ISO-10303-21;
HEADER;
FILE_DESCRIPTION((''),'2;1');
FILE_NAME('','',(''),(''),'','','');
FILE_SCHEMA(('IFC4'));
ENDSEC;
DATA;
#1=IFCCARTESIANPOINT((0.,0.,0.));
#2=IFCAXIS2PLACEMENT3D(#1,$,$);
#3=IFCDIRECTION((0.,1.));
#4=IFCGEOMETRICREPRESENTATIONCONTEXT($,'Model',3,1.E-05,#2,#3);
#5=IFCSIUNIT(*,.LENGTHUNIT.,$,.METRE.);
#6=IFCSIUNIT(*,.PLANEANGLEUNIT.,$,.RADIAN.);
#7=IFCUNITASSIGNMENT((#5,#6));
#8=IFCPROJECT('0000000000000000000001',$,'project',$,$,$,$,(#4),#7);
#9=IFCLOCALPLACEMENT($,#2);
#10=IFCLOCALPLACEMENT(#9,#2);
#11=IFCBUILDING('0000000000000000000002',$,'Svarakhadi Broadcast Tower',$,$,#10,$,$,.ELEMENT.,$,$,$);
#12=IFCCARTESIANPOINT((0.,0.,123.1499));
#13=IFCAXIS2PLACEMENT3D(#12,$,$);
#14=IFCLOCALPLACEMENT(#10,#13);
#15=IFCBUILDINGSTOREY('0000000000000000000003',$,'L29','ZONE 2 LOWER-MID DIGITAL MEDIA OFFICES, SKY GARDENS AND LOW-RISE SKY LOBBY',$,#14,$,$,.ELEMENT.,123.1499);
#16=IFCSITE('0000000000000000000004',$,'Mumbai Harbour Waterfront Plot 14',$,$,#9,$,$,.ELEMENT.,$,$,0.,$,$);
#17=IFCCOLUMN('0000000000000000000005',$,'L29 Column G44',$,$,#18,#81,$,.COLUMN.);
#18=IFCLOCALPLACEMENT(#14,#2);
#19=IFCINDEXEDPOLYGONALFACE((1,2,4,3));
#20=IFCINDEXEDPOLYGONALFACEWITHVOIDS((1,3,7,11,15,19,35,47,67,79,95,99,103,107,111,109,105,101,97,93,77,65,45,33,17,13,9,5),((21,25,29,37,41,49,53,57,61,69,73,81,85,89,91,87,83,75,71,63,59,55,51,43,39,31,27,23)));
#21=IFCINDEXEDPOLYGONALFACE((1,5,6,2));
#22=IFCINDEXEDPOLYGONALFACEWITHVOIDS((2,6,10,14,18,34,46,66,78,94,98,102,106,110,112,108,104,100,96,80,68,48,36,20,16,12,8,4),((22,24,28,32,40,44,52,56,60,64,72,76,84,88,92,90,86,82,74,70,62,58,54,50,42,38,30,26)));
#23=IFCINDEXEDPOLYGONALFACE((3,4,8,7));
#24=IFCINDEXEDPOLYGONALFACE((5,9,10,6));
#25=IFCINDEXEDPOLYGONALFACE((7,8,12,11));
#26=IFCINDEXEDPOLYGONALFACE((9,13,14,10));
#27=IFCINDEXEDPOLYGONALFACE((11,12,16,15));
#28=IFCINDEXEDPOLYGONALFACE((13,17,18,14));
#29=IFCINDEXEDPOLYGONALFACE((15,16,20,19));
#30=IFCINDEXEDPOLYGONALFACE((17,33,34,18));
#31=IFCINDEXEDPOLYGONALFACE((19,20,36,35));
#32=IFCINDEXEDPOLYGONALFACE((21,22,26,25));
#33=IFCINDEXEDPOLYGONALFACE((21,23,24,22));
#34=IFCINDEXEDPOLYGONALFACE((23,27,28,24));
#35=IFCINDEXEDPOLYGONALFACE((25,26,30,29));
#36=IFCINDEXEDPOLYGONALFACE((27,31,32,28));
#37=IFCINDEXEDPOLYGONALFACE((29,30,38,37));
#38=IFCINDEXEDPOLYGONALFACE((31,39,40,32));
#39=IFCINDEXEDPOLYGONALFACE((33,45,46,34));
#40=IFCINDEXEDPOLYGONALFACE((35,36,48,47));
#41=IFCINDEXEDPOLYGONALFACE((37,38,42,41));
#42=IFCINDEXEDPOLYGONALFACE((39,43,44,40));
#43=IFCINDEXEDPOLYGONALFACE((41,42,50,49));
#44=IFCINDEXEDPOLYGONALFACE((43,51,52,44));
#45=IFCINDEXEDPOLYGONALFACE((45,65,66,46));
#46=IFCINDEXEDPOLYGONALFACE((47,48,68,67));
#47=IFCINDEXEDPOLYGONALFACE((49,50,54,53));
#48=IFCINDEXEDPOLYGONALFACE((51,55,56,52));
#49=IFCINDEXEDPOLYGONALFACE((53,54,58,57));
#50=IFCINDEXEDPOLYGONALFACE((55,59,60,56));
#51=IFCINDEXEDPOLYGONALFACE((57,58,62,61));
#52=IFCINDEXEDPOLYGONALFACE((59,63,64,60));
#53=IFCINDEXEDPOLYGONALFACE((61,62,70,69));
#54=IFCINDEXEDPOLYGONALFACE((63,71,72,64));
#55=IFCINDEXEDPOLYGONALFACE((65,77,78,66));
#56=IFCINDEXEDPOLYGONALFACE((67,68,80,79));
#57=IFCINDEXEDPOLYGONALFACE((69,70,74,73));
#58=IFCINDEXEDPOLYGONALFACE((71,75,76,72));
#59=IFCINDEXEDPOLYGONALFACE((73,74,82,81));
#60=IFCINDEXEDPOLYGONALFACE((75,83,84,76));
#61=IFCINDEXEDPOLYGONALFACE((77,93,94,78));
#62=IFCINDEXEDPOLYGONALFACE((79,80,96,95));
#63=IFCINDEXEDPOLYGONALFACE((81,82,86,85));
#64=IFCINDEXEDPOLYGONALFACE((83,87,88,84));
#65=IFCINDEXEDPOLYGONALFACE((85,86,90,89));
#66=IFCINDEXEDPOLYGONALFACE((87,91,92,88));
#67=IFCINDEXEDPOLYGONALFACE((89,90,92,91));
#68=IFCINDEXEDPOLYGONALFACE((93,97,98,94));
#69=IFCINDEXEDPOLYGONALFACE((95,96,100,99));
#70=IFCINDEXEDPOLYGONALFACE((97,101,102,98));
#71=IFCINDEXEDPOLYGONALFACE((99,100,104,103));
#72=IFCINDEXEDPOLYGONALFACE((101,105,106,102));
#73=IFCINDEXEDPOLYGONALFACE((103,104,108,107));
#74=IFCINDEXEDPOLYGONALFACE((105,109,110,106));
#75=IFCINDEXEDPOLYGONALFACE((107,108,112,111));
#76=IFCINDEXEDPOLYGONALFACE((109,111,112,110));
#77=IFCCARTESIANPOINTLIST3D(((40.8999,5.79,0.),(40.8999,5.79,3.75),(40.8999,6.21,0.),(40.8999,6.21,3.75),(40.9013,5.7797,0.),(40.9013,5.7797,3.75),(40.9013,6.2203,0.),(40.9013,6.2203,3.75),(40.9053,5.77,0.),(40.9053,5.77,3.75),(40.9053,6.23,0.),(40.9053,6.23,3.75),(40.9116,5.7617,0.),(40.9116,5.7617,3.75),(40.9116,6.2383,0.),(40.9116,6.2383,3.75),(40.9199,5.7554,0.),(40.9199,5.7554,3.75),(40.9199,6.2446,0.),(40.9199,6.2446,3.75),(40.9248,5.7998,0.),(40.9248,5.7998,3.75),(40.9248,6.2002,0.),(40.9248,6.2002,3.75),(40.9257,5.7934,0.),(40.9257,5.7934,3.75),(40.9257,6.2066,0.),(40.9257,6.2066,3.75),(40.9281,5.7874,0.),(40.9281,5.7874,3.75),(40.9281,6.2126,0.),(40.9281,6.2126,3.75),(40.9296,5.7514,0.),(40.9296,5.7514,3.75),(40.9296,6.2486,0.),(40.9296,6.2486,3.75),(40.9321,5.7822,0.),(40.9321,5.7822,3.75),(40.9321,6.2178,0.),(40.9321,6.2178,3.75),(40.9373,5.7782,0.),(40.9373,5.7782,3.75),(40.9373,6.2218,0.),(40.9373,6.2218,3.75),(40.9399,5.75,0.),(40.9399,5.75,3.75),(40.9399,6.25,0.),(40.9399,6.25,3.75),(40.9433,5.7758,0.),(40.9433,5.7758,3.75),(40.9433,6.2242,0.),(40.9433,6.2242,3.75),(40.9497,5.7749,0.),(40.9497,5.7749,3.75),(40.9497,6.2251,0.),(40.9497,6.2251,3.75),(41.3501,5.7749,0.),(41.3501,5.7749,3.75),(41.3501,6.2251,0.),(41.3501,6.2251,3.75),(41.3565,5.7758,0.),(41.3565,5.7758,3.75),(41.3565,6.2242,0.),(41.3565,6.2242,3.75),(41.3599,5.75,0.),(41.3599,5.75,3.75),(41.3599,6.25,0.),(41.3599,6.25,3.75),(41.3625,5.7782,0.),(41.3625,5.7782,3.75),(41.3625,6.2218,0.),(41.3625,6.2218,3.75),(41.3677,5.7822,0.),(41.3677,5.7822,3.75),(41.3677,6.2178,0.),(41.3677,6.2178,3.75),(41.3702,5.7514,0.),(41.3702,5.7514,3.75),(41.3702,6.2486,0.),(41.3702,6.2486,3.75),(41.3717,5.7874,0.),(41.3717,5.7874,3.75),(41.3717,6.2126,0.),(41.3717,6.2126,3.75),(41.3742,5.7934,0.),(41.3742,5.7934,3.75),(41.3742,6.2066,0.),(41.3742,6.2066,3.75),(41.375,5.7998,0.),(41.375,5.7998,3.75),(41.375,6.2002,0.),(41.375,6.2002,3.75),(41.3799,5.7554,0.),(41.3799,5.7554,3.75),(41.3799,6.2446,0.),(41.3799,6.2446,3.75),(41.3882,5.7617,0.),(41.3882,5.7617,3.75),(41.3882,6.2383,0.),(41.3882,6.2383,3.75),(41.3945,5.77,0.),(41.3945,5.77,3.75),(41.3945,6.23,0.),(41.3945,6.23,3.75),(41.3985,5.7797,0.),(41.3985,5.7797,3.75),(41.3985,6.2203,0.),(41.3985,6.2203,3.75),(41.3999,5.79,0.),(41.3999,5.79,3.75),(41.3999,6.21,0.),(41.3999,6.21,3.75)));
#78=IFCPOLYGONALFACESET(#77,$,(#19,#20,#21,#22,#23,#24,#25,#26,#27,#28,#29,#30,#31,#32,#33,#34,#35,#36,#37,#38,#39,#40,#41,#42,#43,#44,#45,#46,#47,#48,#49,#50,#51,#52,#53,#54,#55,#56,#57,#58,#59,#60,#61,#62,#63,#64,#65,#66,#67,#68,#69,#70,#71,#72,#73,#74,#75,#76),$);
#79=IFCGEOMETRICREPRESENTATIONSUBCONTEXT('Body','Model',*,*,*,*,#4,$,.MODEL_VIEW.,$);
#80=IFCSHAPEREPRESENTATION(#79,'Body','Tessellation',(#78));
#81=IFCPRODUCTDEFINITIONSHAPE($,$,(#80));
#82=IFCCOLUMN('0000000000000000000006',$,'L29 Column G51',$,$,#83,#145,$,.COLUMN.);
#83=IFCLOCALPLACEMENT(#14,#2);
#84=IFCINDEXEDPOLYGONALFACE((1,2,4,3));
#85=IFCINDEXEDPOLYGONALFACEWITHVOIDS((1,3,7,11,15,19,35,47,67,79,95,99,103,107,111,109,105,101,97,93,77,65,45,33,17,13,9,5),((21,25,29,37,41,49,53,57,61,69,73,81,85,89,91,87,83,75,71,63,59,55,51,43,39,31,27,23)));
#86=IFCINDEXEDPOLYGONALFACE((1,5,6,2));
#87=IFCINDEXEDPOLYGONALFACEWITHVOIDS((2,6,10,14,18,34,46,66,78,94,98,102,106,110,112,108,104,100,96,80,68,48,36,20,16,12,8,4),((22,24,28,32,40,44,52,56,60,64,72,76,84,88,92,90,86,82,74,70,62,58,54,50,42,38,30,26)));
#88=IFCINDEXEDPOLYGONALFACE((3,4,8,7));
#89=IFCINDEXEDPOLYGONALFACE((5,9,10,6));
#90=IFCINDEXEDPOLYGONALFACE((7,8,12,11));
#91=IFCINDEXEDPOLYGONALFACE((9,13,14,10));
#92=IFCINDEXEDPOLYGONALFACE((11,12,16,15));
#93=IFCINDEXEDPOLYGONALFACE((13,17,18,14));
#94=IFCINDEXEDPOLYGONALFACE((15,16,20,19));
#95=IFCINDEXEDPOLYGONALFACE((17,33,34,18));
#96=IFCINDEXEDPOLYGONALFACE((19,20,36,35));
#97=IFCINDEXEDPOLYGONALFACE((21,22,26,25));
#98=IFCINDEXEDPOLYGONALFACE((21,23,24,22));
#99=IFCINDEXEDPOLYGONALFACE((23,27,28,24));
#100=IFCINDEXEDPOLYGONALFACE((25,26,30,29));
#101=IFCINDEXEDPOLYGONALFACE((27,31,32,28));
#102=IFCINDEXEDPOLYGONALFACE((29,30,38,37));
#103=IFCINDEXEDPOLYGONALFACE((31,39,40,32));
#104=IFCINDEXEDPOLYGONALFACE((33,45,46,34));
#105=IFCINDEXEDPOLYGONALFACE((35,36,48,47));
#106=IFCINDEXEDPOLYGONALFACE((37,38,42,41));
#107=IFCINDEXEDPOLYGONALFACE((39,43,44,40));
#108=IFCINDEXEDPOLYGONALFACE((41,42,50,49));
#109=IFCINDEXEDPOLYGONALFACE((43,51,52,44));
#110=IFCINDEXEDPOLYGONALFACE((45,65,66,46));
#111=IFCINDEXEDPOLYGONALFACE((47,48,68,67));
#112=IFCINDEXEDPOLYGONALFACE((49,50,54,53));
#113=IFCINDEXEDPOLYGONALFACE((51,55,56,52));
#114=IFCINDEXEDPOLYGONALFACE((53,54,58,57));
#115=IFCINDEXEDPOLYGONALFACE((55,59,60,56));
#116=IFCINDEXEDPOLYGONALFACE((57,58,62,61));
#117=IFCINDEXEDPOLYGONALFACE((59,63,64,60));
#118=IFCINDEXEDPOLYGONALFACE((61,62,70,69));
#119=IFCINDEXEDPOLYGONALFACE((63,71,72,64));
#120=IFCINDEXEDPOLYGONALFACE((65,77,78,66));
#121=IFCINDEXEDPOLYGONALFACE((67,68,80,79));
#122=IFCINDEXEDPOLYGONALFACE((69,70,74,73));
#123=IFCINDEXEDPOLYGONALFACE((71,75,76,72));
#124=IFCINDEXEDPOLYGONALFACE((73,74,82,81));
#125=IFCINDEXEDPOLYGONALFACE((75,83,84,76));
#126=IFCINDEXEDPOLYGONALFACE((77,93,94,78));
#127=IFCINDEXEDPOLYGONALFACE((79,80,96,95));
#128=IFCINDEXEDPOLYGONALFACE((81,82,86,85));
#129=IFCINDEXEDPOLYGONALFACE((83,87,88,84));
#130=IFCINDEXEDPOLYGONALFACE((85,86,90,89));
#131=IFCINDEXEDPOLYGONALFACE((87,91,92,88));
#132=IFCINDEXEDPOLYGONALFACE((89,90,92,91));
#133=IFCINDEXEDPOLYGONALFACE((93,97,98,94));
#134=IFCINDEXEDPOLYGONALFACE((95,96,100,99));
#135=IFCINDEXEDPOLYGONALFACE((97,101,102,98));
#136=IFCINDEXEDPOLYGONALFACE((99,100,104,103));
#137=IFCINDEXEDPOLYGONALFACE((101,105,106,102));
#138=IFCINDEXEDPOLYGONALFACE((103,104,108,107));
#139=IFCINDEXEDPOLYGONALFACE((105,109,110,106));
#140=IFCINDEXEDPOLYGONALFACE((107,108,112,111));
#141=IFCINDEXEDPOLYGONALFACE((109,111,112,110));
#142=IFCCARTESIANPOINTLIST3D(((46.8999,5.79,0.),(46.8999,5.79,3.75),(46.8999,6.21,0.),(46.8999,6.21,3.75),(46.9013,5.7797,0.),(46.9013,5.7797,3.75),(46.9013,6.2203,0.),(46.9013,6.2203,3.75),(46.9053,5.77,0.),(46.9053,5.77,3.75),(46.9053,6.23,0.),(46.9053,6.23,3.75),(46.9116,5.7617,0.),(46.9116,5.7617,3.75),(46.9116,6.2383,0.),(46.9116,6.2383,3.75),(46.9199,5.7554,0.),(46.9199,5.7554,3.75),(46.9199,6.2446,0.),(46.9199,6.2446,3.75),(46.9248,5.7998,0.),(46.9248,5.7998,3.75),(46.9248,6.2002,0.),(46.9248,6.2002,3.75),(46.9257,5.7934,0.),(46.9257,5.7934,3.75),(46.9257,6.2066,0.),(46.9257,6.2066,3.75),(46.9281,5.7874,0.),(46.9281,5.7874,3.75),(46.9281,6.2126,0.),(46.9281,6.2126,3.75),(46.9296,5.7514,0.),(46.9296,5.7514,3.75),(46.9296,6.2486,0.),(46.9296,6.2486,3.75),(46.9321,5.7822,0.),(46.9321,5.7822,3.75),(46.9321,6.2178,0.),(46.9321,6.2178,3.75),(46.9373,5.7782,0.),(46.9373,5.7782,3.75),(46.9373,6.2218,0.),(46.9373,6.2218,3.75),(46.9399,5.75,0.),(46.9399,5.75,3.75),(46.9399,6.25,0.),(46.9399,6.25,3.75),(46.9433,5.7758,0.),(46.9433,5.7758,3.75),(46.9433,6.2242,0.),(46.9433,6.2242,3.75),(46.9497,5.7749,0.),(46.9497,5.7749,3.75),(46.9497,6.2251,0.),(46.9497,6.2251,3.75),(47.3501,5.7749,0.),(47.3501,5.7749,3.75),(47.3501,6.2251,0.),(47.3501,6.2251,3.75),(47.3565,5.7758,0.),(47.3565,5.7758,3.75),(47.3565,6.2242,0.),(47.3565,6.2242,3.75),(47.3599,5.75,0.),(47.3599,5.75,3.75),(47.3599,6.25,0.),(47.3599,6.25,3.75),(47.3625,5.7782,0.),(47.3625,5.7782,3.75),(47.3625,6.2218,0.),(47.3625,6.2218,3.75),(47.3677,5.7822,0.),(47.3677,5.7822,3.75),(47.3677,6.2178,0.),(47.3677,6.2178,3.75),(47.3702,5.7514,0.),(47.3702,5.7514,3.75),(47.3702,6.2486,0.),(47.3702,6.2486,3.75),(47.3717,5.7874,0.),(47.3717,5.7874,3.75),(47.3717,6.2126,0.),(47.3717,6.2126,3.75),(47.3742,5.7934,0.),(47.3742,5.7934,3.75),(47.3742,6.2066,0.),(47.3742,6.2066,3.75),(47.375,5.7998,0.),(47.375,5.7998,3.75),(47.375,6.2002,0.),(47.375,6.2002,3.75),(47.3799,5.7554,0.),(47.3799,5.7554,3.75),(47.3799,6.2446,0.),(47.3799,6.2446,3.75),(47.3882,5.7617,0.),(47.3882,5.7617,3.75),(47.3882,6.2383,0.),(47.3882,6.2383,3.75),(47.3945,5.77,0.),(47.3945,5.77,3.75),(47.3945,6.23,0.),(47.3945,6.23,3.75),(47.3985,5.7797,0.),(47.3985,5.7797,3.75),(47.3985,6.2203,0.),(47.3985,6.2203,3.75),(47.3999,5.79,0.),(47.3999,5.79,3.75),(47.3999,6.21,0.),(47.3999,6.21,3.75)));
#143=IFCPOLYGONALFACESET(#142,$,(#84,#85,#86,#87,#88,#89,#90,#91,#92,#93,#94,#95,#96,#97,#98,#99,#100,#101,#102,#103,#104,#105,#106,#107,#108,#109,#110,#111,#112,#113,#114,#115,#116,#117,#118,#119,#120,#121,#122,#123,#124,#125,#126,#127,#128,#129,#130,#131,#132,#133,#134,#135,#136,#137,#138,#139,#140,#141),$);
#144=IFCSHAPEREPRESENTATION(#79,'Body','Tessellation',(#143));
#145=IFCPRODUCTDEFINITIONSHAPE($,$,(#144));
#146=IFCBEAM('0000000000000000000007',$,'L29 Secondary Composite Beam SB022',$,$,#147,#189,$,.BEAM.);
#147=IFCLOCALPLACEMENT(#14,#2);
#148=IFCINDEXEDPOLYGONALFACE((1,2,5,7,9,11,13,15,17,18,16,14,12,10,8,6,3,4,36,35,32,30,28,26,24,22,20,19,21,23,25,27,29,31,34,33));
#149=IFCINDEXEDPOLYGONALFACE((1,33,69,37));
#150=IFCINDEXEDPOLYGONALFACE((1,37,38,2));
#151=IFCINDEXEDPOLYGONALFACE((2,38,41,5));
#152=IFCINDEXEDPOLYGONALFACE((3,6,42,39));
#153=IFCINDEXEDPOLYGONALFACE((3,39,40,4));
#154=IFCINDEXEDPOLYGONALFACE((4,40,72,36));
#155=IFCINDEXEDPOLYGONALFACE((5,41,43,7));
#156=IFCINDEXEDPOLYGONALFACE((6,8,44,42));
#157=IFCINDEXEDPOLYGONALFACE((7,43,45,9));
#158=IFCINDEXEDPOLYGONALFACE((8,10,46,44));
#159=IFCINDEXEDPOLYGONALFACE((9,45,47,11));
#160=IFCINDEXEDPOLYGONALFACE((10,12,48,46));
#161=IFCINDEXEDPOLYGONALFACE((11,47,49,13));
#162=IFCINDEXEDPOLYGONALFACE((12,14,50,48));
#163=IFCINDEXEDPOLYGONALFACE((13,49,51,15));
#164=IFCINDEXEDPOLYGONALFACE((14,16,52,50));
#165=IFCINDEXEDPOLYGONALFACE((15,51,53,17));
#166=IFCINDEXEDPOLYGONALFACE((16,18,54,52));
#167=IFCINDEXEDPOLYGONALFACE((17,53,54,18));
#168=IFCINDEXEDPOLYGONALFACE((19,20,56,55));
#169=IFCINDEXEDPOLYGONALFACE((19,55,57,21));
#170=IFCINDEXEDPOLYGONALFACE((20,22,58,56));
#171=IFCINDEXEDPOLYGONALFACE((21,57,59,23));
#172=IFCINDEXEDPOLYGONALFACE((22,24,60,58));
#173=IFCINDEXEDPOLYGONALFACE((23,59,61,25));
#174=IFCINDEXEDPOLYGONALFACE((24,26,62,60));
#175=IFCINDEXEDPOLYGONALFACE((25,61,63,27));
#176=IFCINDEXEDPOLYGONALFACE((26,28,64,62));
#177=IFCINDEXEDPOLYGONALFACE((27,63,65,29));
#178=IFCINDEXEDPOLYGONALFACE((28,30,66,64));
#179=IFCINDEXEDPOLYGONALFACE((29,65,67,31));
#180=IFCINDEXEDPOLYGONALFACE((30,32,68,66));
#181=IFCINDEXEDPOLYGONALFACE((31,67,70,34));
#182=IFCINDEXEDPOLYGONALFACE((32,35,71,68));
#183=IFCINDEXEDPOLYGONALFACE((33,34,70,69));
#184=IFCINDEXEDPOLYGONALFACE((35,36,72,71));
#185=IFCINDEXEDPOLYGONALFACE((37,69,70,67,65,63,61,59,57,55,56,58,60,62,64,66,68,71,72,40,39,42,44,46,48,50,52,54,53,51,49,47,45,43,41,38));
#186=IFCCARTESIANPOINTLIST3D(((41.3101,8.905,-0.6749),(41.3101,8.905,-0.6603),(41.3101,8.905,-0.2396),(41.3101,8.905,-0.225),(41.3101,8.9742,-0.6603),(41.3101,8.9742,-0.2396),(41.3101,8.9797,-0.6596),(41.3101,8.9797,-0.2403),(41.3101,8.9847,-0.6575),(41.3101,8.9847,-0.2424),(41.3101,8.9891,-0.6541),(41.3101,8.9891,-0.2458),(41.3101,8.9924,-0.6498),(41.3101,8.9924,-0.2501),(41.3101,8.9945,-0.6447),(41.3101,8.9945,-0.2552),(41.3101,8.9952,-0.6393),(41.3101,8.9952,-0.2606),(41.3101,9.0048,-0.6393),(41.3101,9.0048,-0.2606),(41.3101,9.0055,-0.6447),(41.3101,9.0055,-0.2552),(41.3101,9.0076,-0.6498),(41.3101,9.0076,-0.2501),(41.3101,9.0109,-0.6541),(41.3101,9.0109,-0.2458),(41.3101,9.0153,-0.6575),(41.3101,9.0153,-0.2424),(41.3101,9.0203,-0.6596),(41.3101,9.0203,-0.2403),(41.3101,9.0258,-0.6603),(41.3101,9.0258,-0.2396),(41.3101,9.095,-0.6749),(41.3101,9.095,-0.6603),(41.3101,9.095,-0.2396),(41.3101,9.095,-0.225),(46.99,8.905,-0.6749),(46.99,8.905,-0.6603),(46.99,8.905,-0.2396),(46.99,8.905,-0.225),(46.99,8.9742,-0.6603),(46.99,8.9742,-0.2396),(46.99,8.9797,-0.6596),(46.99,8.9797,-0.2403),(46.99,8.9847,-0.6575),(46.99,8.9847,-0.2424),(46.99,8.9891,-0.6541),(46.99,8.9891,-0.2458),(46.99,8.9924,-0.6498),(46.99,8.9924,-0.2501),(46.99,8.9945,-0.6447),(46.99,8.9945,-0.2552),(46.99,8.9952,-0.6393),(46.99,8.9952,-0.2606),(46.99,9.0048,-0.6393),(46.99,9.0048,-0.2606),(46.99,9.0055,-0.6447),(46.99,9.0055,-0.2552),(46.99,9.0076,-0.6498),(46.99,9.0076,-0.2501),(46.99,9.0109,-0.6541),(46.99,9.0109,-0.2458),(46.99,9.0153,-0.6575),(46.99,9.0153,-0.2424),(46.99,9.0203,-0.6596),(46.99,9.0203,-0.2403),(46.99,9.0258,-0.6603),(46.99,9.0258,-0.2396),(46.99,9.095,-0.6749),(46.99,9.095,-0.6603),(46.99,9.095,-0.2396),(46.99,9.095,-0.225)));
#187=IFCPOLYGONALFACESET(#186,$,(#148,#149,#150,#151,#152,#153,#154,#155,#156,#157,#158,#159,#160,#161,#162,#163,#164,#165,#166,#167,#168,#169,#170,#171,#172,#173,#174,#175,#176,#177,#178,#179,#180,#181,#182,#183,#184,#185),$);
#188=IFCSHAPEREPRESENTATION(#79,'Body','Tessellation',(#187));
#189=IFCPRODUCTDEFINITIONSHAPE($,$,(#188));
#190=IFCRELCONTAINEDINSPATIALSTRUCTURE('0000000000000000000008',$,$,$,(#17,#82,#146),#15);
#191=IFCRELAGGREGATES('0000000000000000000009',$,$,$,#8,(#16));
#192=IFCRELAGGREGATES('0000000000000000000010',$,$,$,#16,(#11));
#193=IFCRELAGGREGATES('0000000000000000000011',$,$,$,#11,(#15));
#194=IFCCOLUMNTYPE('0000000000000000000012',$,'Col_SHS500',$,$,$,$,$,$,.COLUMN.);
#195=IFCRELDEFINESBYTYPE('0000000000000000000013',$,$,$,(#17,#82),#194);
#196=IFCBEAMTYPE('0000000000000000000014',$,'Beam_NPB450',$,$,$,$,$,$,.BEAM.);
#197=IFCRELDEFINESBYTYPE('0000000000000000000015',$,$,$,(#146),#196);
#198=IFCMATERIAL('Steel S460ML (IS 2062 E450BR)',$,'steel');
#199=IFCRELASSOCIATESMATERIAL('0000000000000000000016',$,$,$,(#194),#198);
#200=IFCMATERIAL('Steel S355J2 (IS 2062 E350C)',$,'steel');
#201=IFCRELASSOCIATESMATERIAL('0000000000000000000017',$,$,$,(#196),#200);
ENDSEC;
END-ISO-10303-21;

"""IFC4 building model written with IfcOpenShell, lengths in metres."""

from ifc_helpers import new_model, si_unit, direction, frame, origin, origin_2d, place, context, subcontext, project, spatial, hollow_rectangle, i_section, extrude, material, material_profile, profile_set, type_object, element, save


model = new_model("IFC4")

# Units and contexts
model_context = context("Model", 3, precision=1e-05, world=origin(), true_north=direction((0.0, 1.0)))
body_context = subcontext(model_context, "Body", "Model", "MODEL_VIEW")
ifc_project = project(units=[si_unit("LENGTHUNIT", "METRE"), si_unit("PLANEANGLEUNIT", "RADIAN")], contexts=[model_context])

# Site, building, storey
site_placement = place(None, origin())
site = spatial("IfcSite", under=ifc_project, at=site_placement, Name="Mumbai Harbour Waterfront Plot 14", CompositionType="ELEMENT", RefElevation=0.0)
building_placement = place(site_placement, origin())
building = spatial("IfcBuilding", under=site, at=building_placement, Name="Svarakhadi Broadcast Tower", CompositionType="ELEMENT")
storey_placement = place(building_placement, frame((0.0, 0.0, 123.1499)))
storey = spatial("IfcBuildingStorey", under=building, at=storey_placement, Name="L29", Description="ZONE 2 LOWER-MID DIGITAL MEDIA OFFICES, SKY GARDENS AND LOW-RISE SKY LOBBY", CompositionType="ELEMENT", Elevation=123.1499)

# Columns
ifc_material_1 = material(Name="Steel S460ML (IS 2062 E450BR)", Category="steel")
ifc_material_profile_1 = material_profile(ifc_material_1, hollow_rectangle(XDim=0.5, YDim=0.5, WallThickness=0.0249, InnerFilletRadius=0.0249, OuterFilletRadius=0.04, at=origin_2d()), Name="SHS 500x500x25")
ifc_profile_set_1 = profile_set([ifc_material_profile_1], Name="Steel S460ML (IS 2062 E450BR)")
column_type = type_object("IfcColumnType", Name="Col_SHS500", PredefinedType="COLUMN", material=ifc_profile_set_1)
for number, where, z_axis, x_axis, name in (
    (1, (41.1499, 6.0, 0.0), (0.0, 0.0, 1.0), (1.0, 0.0, 0.0), "L29 Column G44"),
    (2, (47.1499, 6.0, 0.0), (0.0, 0.0, 1.0), (1.0, 0.0, 0.0), "L29 Column G51"),
):
    element("IfcColumn", number, at=place(storey_placement, frame(where, z_axis=z_axis, x_axis=x_axis)), inside=storey, type_object=column_type, Name=name, PredefinedType="COLUMN", context=body_context, shape_type="SweptSolid", body=[
        extrude(hollow_rectangle(XDim=0.5, YDim=0.5, WallThickness=0.0249, InnerFilletRadius=0.0249, OuterFilletRadius=0.04, at=origin_2d()), origin(), (0.0, 0.0, 1.0), 3.75),
    ])

# Beam
ifc_material_2 = material(Name="Steel S355J2 (IS 2062 E350C)", Category="steel")
ifc_material_profile_2 = material_profile(ifc_material_2, i_section(OverallWidth=0.1899, OverallDepth=0.45, WebThickness=0.0095, FlangeThickness=0.0146, FilletRadius=0.021, at=origin_2d()), Name="NPB 450x190x78")
ifc_profile_set_2 = profile_set([ifc_material_profile_2], Name="Steel S355J2 (IS 2062 E350C)")
beam_type_1 = type_object("IfcBeamType", Name="Beam_NPB450", PredefinedType="BEAM", material=ifc_profile_set_2)
beam_placement = place(storey_placement, frame((41.3101, 9.0, -0.45), z_axis=(1.0, 0.0, 0.0), x_axis=(0.0, 1.0, 0.0)))
element("IfcBeam", 3, at=beam_placement, inside=storey, type_object=beam_type_1, Name="L29 Secondary Composite Beam SB022", PredefinedType="BEAM", context=body_context, shape_type="SweptSolid", body=[
    extrude(i_section(OverallWidth=0.1899, OverallDepth=0.45, WebThickness=0.0095, FlangeThickness=0.0146, FilletRadius=0.021, at=origin_2d()), origin(), (0.0, 0.0, 1.0), 5.6799),
])

save(model, "model.ifc")
